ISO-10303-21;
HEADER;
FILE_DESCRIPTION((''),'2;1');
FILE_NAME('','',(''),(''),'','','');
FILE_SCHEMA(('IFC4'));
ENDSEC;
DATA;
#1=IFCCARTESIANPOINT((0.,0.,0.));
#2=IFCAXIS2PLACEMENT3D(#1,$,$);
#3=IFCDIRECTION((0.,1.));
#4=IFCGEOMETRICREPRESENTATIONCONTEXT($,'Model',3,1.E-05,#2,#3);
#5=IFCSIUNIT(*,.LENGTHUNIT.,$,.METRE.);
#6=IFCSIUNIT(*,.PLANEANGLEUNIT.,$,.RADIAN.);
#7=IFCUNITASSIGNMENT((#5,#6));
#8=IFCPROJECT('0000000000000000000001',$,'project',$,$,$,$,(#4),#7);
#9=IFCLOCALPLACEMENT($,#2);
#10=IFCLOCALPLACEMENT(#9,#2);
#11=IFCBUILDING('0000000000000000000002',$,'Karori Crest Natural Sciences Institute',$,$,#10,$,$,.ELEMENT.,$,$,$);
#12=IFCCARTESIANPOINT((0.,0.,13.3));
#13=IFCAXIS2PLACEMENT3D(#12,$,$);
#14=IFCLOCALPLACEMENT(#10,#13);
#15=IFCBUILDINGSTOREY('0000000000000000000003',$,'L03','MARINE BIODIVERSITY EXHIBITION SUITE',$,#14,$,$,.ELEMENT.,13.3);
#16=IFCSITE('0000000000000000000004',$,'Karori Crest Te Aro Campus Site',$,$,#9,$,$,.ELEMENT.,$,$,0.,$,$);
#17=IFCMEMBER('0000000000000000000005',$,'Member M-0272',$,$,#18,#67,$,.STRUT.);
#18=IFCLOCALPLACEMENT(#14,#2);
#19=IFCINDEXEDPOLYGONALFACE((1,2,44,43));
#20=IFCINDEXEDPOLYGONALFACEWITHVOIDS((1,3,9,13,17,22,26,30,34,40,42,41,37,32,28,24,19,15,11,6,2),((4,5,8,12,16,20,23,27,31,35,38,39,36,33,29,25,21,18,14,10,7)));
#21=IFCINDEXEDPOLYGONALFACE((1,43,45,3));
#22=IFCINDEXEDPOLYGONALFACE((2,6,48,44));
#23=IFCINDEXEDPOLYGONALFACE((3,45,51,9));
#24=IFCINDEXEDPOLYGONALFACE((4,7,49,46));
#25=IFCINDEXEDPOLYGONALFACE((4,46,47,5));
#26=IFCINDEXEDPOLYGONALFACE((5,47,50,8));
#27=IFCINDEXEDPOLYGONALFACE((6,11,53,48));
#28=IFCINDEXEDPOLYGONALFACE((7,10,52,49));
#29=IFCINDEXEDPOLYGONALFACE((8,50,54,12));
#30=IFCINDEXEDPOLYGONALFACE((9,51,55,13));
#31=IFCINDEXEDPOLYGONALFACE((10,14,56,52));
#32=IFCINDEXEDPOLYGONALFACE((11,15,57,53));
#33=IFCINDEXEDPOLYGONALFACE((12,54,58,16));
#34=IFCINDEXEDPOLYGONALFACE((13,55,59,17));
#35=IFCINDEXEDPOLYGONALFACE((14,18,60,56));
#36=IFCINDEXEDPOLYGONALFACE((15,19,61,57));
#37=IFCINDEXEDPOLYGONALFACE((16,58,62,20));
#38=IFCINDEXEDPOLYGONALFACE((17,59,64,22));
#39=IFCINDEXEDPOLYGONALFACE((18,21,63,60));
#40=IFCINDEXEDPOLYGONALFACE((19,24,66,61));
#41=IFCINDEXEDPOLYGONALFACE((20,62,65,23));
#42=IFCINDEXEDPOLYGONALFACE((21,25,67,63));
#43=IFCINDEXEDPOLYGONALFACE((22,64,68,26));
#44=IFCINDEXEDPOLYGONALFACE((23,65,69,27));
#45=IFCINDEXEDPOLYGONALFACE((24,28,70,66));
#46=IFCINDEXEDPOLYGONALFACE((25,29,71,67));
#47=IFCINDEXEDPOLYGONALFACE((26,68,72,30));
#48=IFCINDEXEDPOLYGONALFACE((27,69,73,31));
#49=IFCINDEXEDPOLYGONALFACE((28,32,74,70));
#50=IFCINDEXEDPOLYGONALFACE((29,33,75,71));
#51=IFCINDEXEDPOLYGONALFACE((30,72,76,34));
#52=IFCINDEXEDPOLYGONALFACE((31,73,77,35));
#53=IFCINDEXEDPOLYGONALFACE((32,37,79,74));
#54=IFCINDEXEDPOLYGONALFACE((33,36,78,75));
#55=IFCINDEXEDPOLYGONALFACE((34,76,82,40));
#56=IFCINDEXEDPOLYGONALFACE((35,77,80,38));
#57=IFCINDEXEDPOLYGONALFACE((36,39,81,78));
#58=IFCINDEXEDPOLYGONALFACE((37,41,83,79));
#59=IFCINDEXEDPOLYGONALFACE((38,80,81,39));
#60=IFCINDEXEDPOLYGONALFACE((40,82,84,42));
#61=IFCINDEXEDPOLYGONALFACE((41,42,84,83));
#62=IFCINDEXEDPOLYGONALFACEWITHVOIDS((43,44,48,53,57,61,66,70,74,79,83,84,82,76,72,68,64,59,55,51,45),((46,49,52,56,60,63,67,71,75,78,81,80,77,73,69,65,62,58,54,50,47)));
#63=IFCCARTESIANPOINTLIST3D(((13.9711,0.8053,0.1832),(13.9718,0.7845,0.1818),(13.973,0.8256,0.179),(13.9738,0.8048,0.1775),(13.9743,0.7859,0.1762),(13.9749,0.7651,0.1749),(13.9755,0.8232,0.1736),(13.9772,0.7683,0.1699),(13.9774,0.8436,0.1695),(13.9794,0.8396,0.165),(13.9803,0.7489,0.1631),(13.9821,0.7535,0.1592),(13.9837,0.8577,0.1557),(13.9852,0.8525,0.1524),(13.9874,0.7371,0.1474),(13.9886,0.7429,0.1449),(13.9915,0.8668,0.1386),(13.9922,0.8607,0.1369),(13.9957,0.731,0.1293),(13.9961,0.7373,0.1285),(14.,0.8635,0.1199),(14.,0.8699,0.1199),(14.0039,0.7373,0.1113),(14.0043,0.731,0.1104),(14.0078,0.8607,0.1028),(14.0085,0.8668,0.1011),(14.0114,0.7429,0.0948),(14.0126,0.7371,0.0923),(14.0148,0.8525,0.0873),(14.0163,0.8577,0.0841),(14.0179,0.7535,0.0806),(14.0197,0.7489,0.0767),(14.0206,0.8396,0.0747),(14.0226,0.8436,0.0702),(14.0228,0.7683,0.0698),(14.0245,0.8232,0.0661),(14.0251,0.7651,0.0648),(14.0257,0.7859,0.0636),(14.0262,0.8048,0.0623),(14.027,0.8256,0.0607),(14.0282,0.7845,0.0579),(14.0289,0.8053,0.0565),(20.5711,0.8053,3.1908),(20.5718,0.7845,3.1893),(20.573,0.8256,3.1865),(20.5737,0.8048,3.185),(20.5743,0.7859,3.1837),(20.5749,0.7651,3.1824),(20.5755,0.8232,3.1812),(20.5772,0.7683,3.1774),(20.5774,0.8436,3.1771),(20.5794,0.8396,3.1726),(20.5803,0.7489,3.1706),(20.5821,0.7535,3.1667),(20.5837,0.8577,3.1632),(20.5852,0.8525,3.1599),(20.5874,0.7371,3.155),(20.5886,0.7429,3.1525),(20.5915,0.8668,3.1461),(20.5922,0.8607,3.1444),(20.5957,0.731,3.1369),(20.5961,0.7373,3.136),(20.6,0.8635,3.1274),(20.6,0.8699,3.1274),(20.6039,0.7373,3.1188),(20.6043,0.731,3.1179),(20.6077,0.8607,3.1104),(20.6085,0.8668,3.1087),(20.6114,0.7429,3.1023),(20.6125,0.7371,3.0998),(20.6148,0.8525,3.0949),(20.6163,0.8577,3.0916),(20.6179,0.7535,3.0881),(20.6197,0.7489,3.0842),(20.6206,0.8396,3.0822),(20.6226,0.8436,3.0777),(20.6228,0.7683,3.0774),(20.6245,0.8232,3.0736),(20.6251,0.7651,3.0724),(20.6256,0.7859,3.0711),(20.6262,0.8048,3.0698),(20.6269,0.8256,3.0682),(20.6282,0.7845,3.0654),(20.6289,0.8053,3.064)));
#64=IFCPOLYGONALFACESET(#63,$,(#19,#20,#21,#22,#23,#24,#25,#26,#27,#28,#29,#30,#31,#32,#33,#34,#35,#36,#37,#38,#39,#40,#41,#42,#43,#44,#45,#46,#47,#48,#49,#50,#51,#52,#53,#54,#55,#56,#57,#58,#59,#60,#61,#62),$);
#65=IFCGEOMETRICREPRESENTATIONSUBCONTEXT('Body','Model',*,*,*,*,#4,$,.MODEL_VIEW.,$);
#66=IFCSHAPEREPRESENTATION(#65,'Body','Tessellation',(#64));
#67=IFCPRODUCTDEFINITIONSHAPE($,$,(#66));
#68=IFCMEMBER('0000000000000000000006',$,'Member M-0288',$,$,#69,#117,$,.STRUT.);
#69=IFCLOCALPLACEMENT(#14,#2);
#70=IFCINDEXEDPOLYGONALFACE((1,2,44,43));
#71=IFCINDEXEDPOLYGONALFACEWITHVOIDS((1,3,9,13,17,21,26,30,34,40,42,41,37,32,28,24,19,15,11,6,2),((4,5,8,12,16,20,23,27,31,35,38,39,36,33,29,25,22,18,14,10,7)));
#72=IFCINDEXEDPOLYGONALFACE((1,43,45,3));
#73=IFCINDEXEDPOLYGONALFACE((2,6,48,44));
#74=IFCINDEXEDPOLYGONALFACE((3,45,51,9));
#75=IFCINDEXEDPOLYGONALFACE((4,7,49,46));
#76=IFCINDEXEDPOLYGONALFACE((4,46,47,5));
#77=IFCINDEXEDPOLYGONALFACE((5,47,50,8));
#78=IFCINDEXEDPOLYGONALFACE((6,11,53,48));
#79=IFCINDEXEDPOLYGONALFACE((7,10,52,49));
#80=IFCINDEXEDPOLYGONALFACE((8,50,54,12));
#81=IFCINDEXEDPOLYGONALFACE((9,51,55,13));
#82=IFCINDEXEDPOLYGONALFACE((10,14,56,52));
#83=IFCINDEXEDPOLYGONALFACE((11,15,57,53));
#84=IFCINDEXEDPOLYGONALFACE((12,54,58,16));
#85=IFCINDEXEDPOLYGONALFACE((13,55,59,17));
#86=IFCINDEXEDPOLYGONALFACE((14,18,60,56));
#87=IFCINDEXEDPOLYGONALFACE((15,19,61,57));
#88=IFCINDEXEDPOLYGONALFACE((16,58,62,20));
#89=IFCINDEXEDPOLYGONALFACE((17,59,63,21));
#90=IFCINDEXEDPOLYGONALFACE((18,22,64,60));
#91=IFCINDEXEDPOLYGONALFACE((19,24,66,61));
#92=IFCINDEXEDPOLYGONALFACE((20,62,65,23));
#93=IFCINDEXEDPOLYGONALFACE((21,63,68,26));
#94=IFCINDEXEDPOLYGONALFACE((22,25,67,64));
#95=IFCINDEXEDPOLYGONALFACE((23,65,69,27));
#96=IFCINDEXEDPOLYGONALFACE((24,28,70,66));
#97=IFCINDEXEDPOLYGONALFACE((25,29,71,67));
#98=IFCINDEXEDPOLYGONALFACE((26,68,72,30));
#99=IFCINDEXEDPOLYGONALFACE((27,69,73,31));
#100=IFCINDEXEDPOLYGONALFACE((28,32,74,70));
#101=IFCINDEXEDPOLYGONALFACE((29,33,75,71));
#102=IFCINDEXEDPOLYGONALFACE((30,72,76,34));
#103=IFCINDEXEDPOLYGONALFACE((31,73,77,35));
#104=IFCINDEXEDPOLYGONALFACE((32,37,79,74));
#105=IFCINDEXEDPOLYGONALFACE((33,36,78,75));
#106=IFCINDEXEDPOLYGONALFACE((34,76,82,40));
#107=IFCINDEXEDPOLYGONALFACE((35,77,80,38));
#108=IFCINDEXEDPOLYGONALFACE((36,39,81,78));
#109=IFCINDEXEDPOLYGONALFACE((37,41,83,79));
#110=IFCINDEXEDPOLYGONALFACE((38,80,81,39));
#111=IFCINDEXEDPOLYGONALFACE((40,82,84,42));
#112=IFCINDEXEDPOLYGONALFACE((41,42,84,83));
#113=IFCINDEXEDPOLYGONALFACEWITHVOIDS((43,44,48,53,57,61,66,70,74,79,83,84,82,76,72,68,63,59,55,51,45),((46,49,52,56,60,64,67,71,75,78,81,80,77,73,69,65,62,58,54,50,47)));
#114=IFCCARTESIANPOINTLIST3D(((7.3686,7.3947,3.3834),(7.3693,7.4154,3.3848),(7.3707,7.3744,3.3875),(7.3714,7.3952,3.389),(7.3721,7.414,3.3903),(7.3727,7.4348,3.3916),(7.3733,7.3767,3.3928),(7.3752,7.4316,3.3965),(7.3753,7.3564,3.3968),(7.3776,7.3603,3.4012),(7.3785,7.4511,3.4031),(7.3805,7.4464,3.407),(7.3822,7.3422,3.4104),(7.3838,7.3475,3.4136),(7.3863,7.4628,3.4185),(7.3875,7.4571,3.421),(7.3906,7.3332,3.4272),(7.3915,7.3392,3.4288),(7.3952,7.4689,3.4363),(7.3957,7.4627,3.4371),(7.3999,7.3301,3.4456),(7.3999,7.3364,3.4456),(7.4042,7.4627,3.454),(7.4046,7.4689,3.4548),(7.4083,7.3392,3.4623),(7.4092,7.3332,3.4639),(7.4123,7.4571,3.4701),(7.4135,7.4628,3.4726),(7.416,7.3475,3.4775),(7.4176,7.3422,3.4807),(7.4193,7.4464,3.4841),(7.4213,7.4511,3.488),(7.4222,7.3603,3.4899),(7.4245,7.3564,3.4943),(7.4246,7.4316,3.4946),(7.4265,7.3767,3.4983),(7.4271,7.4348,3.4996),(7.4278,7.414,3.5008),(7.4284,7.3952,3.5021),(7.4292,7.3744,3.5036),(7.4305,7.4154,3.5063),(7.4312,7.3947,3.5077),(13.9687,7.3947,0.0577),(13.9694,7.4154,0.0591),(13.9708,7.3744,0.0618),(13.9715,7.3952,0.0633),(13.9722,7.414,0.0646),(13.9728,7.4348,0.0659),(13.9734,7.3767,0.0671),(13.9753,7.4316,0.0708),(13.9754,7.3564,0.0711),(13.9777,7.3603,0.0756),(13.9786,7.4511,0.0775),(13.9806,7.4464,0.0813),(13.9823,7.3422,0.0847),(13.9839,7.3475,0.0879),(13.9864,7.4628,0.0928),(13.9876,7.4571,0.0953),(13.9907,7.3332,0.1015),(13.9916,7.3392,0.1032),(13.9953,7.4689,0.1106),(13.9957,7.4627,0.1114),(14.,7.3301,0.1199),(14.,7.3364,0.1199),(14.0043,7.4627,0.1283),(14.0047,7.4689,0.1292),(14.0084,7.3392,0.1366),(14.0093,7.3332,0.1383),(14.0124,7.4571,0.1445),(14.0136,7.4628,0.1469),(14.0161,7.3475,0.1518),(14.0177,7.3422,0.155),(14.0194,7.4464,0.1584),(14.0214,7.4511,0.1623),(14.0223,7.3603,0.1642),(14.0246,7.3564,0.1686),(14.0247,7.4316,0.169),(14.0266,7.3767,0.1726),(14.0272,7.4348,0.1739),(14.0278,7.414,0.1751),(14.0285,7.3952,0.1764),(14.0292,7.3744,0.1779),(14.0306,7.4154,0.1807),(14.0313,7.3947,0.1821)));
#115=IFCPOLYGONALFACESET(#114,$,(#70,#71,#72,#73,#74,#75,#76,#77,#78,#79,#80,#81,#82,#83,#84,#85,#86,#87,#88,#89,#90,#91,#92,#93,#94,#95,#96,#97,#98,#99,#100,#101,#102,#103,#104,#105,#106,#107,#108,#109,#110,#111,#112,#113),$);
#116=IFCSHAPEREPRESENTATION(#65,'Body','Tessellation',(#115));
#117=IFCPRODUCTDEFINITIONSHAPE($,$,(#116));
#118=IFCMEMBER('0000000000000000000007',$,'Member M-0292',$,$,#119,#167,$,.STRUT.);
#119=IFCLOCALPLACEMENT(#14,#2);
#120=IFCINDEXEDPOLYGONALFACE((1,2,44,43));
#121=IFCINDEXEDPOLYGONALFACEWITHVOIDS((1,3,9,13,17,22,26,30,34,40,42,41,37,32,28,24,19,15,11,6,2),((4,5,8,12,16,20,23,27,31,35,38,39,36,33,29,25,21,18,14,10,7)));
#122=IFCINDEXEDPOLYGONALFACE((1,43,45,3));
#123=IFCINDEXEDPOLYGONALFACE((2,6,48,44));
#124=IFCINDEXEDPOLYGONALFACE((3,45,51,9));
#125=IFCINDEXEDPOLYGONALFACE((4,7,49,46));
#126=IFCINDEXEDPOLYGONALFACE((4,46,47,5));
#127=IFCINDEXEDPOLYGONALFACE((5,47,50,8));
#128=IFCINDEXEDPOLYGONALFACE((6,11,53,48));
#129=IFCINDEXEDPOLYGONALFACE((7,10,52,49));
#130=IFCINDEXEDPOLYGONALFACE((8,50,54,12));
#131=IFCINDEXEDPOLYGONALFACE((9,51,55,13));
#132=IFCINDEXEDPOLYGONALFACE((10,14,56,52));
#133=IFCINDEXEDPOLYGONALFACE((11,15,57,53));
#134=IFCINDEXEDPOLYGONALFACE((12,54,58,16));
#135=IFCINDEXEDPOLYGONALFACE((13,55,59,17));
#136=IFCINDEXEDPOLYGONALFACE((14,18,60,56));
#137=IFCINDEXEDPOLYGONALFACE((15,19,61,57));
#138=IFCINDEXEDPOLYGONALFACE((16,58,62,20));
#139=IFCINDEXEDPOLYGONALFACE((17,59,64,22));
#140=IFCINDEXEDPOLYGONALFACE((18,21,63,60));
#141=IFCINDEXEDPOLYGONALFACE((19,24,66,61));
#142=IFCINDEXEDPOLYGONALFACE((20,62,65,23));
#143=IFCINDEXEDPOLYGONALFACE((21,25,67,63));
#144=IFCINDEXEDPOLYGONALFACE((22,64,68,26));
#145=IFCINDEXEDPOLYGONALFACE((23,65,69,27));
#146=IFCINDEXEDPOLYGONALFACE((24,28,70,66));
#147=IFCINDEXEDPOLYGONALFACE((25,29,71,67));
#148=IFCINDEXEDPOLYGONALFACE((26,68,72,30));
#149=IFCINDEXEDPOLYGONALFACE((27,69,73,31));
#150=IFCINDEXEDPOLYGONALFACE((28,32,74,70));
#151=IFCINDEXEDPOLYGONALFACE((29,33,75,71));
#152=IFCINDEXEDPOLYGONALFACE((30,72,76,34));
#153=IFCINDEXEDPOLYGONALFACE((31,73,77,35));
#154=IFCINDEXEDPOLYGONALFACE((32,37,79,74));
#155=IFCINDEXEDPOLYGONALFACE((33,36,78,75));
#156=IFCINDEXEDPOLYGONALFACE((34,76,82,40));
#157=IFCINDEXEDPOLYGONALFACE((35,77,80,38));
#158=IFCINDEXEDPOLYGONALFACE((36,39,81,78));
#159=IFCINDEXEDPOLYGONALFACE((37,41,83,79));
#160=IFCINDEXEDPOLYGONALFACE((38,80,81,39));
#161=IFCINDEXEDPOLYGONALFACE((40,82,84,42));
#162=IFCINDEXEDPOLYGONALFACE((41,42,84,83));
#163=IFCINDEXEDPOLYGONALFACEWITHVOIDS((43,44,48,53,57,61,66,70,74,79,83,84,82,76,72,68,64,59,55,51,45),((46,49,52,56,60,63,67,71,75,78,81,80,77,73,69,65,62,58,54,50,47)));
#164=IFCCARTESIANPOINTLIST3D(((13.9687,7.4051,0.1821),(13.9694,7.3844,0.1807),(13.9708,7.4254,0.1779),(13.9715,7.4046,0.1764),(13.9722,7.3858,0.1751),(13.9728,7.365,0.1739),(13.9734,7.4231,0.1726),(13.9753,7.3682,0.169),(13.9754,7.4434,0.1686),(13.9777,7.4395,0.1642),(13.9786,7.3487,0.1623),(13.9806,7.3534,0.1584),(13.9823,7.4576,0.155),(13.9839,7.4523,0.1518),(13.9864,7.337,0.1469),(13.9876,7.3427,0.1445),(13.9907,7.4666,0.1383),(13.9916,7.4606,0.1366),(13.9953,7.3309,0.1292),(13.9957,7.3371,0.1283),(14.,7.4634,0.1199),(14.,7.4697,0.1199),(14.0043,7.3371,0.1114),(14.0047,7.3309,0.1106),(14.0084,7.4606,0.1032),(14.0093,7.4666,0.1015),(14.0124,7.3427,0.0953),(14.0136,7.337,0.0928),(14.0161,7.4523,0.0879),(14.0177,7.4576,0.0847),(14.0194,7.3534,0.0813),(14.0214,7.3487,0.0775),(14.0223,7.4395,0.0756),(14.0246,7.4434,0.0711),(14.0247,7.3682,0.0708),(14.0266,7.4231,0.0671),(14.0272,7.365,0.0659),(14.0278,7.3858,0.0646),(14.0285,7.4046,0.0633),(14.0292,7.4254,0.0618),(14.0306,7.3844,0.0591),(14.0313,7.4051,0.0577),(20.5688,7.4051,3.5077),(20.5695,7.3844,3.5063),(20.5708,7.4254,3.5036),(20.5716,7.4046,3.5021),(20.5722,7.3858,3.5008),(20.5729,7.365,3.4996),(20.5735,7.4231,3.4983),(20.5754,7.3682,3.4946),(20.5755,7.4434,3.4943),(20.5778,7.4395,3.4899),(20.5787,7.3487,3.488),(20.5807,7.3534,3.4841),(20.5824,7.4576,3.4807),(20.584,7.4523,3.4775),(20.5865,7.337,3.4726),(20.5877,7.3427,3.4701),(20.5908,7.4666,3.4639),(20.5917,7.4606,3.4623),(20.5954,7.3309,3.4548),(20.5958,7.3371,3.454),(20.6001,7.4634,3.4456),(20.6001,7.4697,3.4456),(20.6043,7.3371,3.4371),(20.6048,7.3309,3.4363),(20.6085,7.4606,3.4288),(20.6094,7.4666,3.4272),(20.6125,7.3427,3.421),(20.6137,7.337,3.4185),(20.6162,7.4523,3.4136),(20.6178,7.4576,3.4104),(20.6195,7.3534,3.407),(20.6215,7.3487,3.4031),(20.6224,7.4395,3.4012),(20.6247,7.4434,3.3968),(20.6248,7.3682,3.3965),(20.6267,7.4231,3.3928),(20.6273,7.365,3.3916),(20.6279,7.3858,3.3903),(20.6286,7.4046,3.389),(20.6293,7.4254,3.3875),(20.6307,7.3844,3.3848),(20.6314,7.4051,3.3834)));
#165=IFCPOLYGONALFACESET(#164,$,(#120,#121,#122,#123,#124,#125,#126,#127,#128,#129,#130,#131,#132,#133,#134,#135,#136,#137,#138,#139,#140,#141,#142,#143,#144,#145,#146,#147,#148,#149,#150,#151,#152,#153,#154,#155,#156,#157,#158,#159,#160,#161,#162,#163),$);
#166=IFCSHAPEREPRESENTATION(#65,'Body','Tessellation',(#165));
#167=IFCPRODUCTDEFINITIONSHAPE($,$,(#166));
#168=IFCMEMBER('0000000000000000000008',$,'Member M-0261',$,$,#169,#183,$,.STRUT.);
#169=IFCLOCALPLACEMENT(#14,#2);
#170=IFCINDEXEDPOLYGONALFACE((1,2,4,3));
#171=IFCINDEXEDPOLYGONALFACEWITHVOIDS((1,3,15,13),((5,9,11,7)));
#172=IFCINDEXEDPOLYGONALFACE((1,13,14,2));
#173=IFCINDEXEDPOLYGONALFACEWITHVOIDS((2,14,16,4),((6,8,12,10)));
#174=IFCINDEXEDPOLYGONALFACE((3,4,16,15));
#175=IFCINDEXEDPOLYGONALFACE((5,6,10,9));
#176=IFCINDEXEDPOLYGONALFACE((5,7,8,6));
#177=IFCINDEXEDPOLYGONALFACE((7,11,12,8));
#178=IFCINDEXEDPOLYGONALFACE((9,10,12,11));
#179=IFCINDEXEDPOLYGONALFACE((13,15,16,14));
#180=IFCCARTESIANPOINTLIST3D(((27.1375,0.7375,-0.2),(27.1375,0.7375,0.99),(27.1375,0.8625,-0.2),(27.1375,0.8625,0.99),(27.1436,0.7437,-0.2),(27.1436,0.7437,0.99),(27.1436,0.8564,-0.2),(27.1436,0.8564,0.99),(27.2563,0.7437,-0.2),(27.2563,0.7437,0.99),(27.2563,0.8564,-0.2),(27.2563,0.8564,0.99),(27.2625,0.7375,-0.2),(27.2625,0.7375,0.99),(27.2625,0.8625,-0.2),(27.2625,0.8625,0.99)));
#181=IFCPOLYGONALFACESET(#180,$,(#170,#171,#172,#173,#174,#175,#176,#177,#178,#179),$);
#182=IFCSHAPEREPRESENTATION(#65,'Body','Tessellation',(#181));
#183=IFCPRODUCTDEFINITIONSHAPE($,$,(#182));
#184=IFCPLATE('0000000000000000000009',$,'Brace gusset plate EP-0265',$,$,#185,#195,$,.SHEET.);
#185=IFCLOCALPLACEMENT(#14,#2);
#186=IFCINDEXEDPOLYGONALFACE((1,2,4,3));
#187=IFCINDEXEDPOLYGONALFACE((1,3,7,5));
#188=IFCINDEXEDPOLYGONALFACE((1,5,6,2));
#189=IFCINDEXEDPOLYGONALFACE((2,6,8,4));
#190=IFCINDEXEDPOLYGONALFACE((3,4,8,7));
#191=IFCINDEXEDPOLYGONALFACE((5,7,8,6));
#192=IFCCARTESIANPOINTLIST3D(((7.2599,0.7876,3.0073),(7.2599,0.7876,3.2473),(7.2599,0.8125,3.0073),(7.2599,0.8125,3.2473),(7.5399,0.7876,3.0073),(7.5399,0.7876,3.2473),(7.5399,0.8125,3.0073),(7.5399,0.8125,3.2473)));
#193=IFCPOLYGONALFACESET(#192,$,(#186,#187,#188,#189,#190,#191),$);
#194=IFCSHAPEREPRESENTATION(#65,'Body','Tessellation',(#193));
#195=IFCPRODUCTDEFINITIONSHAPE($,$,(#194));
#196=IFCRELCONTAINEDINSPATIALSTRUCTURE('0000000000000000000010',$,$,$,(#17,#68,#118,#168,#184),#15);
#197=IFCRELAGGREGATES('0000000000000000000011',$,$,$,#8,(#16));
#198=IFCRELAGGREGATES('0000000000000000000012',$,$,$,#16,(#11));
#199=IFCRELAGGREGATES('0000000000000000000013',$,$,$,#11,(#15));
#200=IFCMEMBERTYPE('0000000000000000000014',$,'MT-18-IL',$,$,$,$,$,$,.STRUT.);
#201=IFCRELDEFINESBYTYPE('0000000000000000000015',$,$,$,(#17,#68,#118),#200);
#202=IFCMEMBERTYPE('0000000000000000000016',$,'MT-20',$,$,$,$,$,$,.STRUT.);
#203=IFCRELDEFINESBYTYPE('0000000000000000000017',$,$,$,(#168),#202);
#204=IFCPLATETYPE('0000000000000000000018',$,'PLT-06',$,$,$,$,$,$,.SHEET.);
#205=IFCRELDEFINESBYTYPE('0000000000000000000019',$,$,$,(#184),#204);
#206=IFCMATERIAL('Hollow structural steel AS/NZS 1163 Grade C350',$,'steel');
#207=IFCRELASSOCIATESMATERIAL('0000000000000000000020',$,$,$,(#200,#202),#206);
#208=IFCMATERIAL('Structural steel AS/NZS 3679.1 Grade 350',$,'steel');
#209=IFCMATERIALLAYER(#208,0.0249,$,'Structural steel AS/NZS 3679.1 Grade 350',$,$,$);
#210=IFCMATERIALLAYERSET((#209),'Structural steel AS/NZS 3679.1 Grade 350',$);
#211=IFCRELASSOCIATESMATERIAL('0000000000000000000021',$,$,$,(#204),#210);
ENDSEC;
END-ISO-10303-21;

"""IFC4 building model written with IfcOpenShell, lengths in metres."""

from ifc_helpers import new_model, si_unit, direction, frame, origin, origin_2d, place, context, subcontext, project, spatial, rectangle, hollow_rectangle, hollow_circle, extrude, material, layer, layer_set, material_profile, profile_set, type_object, element, save


model = new_model("IFC4")

# Units and contexts
model_context = context("Model", 3, precision=1e-05, world=origin(), true_north=direction((0.0, 1.0)))
body_context = subcontext(model_context, "Body", "Model", "MODEL_VIEW")
ifc_project = project(units=[si_unit("LENGTHUNIT", "METRE"), si_unit("PLANEANGLEUNIT", "RADIAN")], contexts=[model_context])

# Site, building, storey
site_placement = place(None, origin())
site = spatial("IfcSite", under=ifc_project, at=site_placement, Name="Karori Crest Te Aro Campus Site", CompositionType="ELEMENT", RefElevation=0.0)
building_placement = place(site_placement, origin())
building = spatial("IfcBuilding", under=site, at=building_placement, Name="Karori Crest Natural Sciences Institute", CompositionType="ELEMENT")
storey_placement = place(building_placement, frame((0.0, 0.0, 13.3)))
storey = spatial("IfcBuildingStorey", under=building, at=storey_placement, Name="L03", Description="MARINE BIODIVERSITY EXHIBITION SUITE", CompositionType="ELEMENT", Elevation=13.3)

# Members
ifc_material_1 = material(Name="Hollow structural steel AS/NZS 1163 Grade C350", Category="steel")
ifc_material_profile_1 = material_profile(ifc_material_1, hollow_circle(Radius=0.0698, WallThickness=0.0063, at=origin_2d()), Name="CHS139.7x6.4")
ifc_profile_set_1 = profile_set([ifc_material_profile_1], Name="Hollow structural steel AS/NZS 1163 Grade C350")
member_type_1 = type_object("IfcMemberType", Name="MT-18-IL", PredefinedType="STRUT", material=ifc_profile_set_1)
for number, where, z_axis, x_axis, name in (
    (1, (14.0, 0.8, 0.1199), (0.909975, 0.0, 0.414662), (0.0, 1.0, 0.0), "Member M-0272"),
):
    element("IfcMember", number, at=place(storey_placement, frame(where, z_axis=z_axis, x_axis=x_axis)), inside=storey, type_object=member_type_1, Name=name, PredefinedType="STRUT", context=body_context, shape_type="SweptSolid", body=[
        extrude(hollow_circle(Radius=0.0698, WallThickness=0.0063, at=origin_2d()), origin(), (0.0, 0.0, 1.0), 7.2529),
    ])
for number, where, z_axis, x_axis, name in (
    (2, (14.0, 7.3999, 0.1199), (-0.893035, 0.0, 0.449986), (0.0, -1.0, 0.0), "Member M-0288"),
    (3, (14.0, 7.3999, 0.1199), (0.893035, 0.0, 0.449986), (0.0, 1.0, 0.0), "Member M-0292"),
):
    element("IfcMember", number, at=place(storey_placement, frame(where, z_axis=z_axis, x_axis=x_axis)), inside=storey, type_object=member_type_1, Name=name, PredefinedType="STRUT", context=body_context, shape_type="SweptSolid", body=[
        extrude(hollow_circle(Radius=0.0698, WallThickness=0.0063, at=origin_2d()), origin(), (0.0, 0.0, 1.0), 7.3906),
    ])
ifc_material_profile_2 = material_profile(ifc_material_1, hollow_rectangle(XDim=0.125, YDim=0.125, WallThickness=0.0061, at=origin_2d()), Name="SHS125x125x6")
ifc_profile_set_2 = profile_set([ifc_material_profile_2], Name="Hollow structural steel AS/NZS 1163 Grade C350")
member_type_2 = type_object("IfcMemberType", Name="MT-20", PredefinedType="STRUT", material=ifc_profile_set_2)
member_1_placement = place(storey_placement, frame((27.2, 0.8, -0.2), z_axis=(0.0, 0.0, 1.0), x_axis=(1.0, 0.0, 0.0)))
element("IfcMember", 4, at=member_1_placement, inside=storey, type_object=member_type_2, Name="Member M-0261", PredefinedType="STRUT", context=body_context, shape_type="SweptSolid", body=[
    extrude(hollow_rectangle(XDim=0.125, YDim=0.125, WallThickness=0.0061, at=origin_2d()), origin(), (0.0, 0.0, 1.0), 1.1899),
])

# Plate
ifc_material_2 = material(Name="Structural steel AS/NZS 3679.1 Grade 350", Category="steel")
ifc_layer_1 = layer(ifc_material_2, 0.0249, Name="Structural steel AS/NZS 3679.1 Grade 350")
ifc_layer_set_1 = layer_set([ifc_layer_1], Name="Structural steel AS/NZS 3679.1 Grade 350")
plate_type_1 = type_object("IfcPlateType", Name="PLT-06", PredefinedType="SHEET", material=ifc_layer_set_1)
for number, where, z_axis, x_axis, name in (
    (5, (7.3999, 0.8, 3.0073), (0.0, 0.0, 1.0), (1.0, 0.0, 0.0), "Brace gusset plate EP-0265"),
):
    element("IfcPlate", number, at=place(storey_placement, frame(where, z_axis=z_axis, x_axis=x_axis)), inside=storey, type_object=plate_type_1, Name=name, PredefinedType="SHEET", context=body_context, shape_type="SweptSolid", body=[
        extrude(rectangle(XDim=0.28, YDim=0.0249, at=origin_2d()), origin(), (0.0, 0.0, 1.0), 0.24),
    ])

save(model, "model.ifc")
